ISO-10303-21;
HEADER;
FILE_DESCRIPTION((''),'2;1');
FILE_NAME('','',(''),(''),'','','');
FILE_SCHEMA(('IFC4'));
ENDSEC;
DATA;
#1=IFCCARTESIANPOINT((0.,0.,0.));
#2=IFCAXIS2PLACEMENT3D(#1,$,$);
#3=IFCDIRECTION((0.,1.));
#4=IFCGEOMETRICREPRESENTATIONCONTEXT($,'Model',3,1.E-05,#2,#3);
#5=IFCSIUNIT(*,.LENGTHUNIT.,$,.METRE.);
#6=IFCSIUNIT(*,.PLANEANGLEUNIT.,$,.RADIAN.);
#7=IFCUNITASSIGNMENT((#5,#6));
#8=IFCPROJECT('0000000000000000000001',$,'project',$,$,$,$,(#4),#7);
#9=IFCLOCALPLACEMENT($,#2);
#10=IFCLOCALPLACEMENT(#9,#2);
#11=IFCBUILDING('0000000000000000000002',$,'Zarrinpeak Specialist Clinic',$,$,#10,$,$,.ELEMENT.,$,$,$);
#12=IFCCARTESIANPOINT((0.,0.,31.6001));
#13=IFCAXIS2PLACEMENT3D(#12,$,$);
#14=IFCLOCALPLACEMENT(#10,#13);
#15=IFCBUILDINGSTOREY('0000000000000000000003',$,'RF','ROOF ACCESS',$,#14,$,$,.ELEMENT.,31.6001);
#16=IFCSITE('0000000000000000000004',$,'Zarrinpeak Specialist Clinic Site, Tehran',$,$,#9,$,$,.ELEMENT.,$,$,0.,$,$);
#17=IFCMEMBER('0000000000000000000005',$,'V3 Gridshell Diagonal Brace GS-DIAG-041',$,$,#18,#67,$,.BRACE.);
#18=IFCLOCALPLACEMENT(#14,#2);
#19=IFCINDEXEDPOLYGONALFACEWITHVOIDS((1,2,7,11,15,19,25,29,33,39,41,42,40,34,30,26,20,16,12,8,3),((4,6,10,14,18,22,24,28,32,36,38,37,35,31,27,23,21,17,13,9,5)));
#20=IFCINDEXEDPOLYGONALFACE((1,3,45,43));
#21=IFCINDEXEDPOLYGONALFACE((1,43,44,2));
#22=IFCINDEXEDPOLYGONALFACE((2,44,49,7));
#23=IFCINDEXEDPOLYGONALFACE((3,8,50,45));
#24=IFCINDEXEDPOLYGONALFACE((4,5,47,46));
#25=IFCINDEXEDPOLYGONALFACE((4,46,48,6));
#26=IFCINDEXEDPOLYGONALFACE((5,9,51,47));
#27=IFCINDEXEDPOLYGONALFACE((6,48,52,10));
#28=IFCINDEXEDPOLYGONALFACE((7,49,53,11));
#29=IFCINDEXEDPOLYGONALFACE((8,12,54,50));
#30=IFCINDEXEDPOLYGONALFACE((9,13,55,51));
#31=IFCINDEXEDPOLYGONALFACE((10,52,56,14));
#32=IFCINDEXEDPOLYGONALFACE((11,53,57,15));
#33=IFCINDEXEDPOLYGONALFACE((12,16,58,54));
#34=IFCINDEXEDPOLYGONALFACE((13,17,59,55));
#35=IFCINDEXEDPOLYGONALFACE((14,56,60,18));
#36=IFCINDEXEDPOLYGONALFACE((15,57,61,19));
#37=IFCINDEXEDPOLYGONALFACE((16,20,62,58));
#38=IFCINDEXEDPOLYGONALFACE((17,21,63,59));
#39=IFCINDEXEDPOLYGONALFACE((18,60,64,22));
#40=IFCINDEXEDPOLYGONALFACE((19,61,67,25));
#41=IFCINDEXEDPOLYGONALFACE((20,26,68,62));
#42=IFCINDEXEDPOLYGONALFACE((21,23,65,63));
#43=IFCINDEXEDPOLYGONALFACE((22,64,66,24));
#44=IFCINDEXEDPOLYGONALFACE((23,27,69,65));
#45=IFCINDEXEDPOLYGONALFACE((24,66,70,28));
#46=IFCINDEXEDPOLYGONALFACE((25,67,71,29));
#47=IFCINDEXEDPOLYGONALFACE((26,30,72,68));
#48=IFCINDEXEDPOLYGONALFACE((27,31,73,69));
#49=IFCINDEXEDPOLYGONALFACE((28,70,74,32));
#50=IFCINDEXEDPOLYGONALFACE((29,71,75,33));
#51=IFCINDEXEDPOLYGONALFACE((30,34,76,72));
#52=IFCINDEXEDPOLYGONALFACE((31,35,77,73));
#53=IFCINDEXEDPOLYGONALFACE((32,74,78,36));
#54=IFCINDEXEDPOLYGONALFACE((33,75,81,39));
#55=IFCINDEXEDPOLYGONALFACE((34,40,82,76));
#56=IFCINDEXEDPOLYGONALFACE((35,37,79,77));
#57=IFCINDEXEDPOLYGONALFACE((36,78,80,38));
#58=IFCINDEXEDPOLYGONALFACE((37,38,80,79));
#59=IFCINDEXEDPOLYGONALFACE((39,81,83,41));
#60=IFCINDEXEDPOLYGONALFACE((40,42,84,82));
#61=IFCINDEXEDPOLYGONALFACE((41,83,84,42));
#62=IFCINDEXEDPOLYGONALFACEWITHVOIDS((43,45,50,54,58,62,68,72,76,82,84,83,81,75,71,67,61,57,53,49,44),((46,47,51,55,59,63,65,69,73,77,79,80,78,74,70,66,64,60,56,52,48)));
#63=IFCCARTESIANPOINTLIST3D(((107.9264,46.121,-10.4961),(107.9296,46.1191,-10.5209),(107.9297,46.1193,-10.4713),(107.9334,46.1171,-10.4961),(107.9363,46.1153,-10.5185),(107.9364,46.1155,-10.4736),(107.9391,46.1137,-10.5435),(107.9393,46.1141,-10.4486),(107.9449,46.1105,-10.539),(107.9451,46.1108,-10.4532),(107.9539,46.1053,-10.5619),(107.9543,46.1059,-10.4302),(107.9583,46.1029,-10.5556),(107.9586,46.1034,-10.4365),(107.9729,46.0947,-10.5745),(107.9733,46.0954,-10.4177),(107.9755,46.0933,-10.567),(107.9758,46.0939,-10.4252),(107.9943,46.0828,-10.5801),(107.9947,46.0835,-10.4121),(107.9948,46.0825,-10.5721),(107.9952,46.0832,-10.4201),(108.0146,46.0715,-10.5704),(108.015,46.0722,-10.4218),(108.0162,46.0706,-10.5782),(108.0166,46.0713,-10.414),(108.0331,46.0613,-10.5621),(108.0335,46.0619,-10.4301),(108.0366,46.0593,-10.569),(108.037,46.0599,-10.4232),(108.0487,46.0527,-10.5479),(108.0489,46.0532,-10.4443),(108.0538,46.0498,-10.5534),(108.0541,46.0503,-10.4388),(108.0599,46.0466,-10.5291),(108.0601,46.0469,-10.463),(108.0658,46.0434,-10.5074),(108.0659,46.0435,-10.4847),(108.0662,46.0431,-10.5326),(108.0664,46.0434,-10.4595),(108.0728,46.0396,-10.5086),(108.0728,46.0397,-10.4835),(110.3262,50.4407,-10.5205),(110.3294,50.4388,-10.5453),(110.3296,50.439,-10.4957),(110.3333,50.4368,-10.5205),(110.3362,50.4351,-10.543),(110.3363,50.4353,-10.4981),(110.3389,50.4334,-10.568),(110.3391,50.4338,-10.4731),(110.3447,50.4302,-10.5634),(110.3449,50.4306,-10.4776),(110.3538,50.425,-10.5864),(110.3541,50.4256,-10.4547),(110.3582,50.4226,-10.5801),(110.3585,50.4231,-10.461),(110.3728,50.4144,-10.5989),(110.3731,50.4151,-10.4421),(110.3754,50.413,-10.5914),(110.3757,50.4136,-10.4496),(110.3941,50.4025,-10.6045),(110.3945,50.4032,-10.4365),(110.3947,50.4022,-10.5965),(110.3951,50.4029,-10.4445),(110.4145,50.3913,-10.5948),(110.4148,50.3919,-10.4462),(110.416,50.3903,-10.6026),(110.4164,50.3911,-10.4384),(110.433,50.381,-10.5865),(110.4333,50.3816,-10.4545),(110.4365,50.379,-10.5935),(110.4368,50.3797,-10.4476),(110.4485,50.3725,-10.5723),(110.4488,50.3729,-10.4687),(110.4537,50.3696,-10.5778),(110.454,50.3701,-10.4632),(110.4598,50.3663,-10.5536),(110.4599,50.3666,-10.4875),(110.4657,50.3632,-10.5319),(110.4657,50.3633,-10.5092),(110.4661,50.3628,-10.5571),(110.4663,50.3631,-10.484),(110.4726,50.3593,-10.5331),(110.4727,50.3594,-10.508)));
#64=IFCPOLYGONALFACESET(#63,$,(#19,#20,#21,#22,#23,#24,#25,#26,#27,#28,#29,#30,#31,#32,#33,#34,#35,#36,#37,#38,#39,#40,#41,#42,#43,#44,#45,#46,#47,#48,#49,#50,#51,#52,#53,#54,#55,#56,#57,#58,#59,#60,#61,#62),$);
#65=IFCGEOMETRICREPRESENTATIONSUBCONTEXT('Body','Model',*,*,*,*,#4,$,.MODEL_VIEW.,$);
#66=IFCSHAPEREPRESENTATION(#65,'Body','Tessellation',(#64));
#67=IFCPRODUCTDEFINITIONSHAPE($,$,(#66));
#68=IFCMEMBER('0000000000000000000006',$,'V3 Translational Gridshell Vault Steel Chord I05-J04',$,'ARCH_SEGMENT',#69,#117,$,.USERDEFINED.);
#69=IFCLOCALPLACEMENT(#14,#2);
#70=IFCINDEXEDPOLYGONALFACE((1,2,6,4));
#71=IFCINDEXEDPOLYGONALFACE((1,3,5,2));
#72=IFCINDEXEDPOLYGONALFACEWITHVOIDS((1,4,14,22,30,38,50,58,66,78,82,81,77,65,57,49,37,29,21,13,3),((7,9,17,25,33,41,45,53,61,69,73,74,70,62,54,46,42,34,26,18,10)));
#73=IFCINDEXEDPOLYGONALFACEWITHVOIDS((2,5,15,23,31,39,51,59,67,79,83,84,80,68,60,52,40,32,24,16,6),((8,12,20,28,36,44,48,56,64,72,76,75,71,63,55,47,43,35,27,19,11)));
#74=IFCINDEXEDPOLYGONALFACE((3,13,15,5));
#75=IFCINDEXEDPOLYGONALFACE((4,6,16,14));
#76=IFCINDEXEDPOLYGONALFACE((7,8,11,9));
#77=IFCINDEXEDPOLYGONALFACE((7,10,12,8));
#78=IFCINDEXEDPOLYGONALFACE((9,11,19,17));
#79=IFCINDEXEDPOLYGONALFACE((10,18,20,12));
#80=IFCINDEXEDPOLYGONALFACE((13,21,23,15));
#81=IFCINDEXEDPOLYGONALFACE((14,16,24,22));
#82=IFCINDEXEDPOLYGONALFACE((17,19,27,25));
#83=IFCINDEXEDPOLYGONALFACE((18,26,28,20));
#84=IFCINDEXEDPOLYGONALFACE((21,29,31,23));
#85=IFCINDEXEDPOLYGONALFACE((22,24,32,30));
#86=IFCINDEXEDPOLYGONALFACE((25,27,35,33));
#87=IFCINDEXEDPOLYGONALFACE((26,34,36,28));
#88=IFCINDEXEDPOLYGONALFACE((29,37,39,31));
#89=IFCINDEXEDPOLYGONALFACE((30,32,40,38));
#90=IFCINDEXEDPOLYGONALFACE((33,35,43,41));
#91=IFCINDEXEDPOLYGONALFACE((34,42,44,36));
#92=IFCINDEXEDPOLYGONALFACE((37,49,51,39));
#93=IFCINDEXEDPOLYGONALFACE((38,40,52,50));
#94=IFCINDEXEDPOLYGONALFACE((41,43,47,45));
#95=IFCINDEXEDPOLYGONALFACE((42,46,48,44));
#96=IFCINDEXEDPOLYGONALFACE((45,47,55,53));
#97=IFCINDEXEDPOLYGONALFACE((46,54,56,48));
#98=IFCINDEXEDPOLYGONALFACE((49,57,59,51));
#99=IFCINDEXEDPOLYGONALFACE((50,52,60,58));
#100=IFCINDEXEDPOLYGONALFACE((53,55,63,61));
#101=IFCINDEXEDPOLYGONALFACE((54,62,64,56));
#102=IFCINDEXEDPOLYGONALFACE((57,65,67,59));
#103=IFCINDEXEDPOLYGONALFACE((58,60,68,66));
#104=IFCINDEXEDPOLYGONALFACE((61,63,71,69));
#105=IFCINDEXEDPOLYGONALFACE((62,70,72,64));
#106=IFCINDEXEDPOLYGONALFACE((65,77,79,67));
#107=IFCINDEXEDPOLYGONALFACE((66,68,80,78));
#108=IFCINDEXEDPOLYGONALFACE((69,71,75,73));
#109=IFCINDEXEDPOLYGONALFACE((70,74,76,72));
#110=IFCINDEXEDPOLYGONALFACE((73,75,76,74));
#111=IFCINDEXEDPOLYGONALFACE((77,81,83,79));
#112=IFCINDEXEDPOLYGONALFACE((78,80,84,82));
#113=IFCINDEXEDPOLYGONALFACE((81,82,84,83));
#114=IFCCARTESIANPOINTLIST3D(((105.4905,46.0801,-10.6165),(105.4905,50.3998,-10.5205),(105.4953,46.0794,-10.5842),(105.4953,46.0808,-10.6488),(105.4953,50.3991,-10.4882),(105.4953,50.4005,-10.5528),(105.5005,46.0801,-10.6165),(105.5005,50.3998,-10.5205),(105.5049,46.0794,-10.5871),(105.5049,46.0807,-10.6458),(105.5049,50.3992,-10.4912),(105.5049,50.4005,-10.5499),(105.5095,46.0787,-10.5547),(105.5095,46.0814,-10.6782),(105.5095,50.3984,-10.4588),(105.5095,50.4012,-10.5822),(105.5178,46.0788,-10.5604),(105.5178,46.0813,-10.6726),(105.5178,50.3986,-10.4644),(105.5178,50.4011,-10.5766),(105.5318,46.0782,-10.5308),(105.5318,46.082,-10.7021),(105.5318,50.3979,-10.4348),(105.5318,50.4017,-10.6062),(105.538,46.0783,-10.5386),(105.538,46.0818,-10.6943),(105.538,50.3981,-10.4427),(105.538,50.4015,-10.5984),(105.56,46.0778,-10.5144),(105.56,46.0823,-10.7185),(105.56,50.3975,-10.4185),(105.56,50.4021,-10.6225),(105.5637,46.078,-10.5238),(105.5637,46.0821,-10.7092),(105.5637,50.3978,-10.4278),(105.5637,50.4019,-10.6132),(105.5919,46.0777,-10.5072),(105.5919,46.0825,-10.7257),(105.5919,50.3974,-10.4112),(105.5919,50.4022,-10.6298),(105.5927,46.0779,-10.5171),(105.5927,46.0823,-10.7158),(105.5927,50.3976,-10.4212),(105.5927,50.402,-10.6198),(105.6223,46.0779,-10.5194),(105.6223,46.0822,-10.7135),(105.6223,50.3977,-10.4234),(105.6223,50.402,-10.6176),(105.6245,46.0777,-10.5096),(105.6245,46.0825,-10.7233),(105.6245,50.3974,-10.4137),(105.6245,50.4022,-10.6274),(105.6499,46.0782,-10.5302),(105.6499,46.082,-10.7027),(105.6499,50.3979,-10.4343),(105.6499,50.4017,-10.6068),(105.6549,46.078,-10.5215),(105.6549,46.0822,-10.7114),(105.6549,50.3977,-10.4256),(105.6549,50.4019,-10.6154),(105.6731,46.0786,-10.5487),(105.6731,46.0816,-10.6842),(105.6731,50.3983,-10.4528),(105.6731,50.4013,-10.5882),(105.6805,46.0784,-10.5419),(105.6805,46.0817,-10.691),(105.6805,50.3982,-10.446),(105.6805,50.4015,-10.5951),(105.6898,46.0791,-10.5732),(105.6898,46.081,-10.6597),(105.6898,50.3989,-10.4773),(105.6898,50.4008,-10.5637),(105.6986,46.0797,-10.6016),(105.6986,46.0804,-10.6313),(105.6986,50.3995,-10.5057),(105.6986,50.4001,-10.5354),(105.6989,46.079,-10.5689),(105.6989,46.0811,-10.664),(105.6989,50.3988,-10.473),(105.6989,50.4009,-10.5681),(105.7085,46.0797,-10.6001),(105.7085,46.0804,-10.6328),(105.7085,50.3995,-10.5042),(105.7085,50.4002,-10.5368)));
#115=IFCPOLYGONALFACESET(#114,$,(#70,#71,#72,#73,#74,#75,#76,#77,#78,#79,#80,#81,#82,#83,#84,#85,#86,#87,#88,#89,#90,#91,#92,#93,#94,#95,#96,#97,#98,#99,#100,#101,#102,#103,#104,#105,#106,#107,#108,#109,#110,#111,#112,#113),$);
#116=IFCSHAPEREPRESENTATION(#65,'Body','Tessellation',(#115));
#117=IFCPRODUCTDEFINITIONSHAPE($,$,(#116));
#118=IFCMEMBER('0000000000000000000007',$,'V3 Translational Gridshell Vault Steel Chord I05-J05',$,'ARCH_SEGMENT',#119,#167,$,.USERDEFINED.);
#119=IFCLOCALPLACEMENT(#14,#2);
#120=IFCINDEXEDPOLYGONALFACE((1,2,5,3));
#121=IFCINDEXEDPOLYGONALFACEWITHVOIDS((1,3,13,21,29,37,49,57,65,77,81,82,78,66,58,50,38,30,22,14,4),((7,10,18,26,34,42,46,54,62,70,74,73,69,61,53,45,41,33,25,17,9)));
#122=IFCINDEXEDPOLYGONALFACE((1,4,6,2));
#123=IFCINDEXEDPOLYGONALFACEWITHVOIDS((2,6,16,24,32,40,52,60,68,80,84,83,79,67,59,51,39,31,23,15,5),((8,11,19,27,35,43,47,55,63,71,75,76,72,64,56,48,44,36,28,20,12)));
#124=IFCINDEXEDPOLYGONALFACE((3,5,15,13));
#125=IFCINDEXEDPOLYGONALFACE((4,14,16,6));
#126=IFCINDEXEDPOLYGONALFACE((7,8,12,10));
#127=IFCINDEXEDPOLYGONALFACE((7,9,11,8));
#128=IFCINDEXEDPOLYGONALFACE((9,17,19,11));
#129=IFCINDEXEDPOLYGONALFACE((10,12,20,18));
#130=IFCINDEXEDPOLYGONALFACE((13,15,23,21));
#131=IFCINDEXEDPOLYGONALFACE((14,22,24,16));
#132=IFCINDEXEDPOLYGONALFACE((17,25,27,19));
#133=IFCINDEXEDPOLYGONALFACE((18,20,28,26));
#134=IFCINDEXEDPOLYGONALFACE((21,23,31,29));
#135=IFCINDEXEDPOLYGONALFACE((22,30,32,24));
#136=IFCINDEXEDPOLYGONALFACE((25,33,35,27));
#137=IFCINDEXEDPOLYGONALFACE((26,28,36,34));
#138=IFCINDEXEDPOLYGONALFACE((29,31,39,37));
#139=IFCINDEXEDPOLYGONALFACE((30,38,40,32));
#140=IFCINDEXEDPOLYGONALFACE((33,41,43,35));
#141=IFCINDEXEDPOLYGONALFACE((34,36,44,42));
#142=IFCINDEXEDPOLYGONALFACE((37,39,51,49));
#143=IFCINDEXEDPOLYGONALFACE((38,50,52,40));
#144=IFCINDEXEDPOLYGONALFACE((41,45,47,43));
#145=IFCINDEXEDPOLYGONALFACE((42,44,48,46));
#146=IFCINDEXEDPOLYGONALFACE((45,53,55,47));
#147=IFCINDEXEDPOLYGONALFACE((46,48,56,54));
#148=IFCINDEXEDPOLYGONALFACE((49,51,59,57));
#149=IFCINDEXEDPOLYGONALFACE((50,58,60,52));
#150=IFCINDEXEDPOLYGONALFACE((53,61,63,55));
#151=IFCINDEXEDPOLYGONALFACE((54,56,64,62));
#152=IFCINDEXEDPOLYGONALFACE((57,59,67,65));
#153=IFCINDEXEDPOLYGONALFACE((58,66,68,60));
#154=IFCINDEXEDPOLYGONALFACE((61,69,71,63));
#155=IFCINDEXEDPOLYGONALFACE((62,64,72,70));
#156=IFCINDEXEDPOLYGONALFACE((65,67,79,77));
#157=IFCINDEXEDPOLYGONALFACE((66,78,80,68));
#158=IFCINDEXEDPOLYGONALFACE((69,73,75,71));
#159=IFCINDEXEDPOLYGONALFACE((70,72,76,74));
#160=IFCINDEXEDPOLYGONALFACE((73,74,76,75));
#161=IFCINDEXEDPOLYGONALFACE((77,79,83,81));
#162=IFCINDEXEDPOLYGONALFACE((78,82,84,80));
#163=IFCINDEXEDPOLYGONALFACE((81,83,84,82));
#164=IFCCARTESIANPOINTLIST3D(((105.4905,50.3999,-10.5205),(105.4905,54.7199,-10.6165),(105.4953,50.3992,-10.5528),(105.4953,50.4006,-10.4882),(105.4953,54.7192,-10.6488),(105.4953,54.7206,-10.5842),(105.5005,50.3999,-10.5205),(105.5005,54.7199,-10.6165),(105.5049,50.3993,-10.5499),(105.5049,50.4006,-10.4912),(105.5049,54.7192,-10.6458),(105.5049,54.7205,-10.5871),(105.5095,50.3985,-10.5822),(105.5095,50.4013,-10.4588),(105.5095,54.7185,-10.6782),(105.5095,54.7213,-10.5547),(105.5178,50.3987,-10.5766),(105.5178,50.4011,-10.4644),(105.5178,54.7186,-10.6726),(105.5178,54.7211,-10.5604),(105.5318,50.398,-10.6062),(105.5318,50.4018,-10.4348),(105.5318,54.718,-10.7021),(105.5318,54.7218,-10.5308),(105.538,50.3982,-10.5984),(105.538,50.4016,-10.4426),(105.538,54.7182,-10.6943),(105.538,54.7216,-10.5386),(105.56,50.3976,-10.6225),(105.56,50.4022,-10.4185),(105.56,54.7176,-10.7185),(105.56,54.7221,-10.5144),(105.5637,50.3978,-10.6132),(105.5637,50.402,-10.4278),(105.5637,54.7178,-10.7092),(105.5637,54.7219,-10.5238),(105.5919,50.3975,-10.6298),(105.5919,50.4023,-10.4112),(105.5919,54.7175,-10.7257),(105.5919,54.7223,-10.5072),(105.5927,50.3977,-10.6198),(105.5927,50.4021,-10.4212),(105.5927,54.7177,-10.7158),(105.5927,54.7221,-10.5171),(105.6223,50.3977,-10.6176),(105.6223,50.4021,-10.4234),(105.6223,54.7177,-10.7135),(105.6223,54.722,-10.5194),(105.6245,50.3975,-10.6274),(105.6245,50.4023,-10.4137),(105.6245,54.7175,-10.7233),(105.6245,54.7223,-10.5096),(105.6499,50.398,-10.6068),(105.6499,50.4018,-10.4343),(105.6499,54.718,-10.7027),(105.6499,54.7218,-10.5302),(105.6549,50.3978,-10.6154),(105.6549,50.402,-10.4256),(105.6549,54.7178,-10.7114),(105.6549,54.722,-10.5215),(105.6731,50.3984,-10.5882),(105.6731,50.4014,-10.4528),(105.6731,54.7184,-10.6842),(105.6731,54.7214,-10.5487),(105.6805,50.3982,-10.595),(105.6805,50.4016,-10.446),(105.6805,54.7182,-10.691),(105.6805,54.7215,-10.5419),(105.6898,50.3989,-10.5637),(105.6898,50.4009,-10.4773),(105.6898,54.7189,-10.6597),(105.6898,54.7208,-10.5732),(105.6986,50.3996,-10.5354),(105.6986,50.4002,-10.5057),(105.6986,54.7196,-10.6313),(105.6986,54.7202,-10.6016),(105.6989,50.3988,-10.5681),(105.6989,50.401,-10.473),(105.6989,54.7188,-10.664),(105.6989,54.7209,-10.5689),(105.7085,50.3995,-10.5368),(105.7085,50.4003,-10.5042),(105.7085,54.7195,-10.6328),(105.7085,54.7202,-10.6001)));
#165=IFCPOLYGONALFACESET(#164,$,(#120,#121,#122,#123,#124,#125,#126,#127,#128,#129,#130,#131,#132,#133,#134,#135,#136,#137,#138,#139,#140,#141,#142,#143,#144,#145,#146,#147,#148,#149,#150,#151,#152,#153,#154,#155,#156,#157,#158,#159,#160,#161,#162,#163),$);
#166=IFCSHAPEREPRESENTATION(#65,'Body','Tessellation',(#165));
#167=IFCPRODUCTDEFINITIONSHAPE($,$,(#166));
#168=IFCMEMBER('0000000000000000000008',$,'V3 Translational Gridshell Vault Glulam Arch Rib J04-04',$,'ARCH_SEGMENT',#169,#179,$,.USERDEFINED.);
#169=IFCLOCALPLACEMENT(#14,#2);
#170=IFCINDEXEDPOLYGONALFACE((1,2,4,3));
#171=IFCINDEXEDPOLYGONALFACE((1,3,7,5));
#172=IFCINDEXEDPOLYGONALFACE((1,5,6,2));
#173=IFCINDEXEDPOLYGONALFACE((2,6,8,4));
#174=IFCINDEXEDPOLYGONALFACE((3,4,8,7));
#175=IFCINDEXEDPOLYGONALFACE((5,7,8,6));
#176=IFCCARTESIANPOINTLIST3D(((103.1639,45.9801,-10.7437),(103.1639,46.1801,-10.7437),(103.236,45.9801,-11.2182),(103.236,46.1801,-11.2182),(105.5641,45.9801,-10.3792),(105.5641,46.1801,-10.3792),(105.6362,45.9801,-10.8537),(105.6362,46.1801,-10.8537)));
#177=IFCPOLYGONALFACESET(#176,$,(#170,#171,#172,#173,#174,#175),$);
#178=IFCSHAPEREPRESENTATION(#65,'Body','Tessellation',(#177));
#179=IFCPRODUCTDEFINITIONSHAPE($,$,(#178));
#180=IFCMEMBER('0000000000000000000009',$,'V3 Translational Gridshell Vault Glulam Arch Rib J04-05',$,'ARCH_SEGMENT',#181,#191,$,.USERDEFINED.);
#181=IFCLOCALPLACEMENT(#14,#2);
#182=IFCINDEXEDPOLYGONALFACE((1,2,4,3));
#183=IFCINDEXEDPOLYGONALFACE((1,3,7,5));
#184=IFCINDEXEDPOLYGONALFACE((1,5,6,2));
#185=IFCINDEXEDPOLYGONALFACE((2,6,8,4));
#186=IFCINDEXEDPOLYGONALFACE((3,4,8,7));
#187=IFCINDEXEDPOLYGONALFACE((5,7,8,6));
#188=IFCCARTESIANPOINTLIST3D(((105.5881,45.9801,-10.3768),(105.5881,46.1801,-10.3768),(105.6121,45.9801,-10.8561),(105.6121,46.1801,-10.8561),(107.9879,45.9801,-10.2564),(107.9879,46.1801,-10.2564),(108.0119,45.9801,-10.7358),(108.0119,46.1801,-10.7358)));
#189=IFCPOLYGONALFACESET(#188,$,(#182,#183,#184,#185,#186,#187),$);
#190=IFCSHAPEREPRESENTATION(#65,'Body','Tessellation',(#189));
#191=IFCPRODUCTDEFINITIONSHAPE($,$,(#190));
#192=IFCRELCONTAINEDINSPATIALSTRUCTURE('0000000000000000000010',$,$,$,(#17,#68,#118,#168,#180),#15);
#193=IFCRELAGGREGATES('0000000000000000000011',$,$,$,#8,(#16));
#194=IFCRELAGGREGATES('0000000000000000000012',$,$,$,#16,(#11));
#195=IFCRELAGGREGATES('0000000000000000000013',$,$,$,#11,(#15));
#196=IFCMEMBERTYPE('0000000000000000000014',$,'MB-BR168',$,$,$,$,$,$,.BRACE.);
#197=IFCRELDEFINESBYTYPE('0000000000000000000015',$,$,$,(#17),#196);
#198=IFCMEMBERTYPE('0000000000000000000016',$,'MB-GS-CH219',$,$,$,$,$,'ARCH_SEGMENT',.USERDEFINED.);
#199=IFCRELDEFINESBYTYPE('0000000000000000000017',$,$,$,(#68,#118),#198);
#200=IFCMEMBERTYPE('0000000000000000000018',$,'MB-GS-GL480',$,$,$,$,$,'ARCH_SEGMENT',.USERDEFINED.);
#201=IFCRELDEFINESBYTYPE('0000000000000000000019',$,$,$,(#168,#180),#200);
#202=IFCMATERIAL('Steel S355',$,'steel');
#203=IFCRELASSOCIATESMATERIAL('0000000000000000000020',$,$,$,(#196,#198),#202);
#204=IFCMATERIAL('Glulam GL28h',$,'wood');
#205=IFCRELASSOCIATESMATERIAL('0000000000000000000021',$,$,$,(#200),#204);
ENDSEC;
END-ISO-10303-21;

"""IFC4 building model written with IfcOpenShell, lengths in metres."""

from ifc_helpers import new_model, si_unit, direction, frame, origin, origin_2d, place, context, subcontext, project, spatial, rectangle, hollow_circle, extrude, material, material_profile, profile_set, type_object, element, save


model = new_model("IFC4")

# Units and contexts
model_context = context("Model", 3, precision=1e-05, world=origin(), true_north=direction((0.0, 1.0)))
body_context = subcontext(model_context, "Body", "Model", "MODEL_VIEW")
ifc_project = project(units=[si_unit("LENGTHUNIT", "METRE"), si_unit("PLANEANGLEUNIT", "RADIAN")], contexts=[model_context])

# Site, building, storey
site_placement = place(None, origin())
site = spatial("IfcSite", under=ifc_project, at=site_placement, Name="Zarrinpeak Specialist Clinic Site, Tehran", CompositionType="ELEMENT", RefElevation=0.0)
building_placement = place(site_placement, origin())
building = spatial("IfcBuilding", under=site, at=building_placement, Name="Zarrinpeak Specialist Clinic", CompositionType="ELEMENT")
storey_placement = place(building_placement, frame((0.0, 0.0, 31.6001)))
storey = spatial("IfcBuildingStorey", under=building, at=storey_placement, Name="RF", Description="ROOF ACCESS", CompositionType="ELEMENT", Elevation=31.6001)

# Members
ifc_material_1 = material(Name="Steel S355", Category="steel")
ifc_material_profile_1 = material_profile(ifc_material_1, hollow_circle(Radius=0.0842, WallThickness=0.0081, at=origin_2d()), Name="CHS 168.3x8.0")
ifc_profile_set_1 = profile_set([ifc_material_profile_1], Name="Steel S355")
member_type_1 = type_object("IfcMemberType", Name="MB-BR168", PredefinedType="BRACE", material=ifc_profile_set_1)
member_1_placement = place(storey_placement, frame((108.0, 46.0801, -10.4961), z_axis=(0.485637, 0.874147, -0.00494), x_axis=(-0.874157, 0.485643, 0.0)))
element("IfcMember", 1, at=member_1_placement, inside=storey, type_object=member_type_1, Name="V3 Gridshell Diagonal Brace GS-DIAG-041", PredefinedType="BRACE", context=body_context, shape_type="SweptSolid", body=[
    extrude(hollow_circle(Radius=0.0842, WallThickness=0.0081, at=origin_2d()), origin(), (0.0, 0.0, 1.0), 4.9417),
])
ifc_material_profile_2 = material_profile(ifc_material_1, hollow_circle(Radius=0.1096, WallThickness=0.01, at=origin_2d()), Name="CHS 219.1x10.0")
ifc_profile_set_2 = profile_set([ifc_material_profile_2], Name="Steel S355")
member_type_2 = type_object("IfcMemberType", Name="MB-GS-CH219", ElementType="ARCH_SEGMENT", PredefinedType="USERDEFINED", material=ifc_profile_set_2)
member_2_placement = place(storey_placement, frame((105.6001, 46.0801, -10.6165), z_axis=(0.0, 0.999753, 0.022205), x_axis=(-1.0, 0.0, 0.0)))
element("IfcMember", 2, at=member_2_placement, inside=storey, type_object=member_type_2, Name="V3 Translational Gridshell Vault Steel Chord I05-J04", ObjectType="ARCH_SEGMENT", PredefinedType="USERDEFINED", context=body_context, shape_type="SweptSolid", body=[
    extrude(hollow_circle(Radius=0.1096, WallThickness=0.01, at=origin_2d()), origin(), (0.0, 0.0, 1.0), 4.3208),
])
member_3_placement = place(storey_placement, frame((105.6001, 50.3999, -10.5205), z_axis=(0.0, 0.999753, -0.022204), x_axis=(-1.0, 0.0, 0.0)))
element("IfcMember", 3, at=member_3_placement, inside=storey, type_object=member_type_2, Name="V3 Translational Gridshell Vault Steel Chord I05-J05", ObjectType="ARCH_SEGMENT", PredefinedType="USERDEFINED", context=body_context, shape_type="SweptSolid", body=[
    extrude(hollow_circle(Radius=0.1096, WallThickness=0.01, at=origin_2d()), origin(), (0.0, 0.0, 1.0), 4.321),
])
ifc_material_2 = material(Name="Glulam GL28h", Category="wood")
ifc_material_profile_3 = material_profile(ifc_material_2, rectangle(XDim=0.2, YDim=0.48, at=origin_2d()), Name="GL28h 200x480")
ifc_profile_set_3 = profile_set([ifc_material_profile_3], Name="Glulam GL28h")
member_type_3 = type_object("IfcMemberType", Name="MB-GS-GL480", ElementType="ARCH_SEGMENT", PredefinedType="USERDEFINED", material=ifc_profile_set_3)
member_4_placement = place(storey_placement, frame((103.2, 46.0801, -10.981), z_axis=(0.988664, 0.0, 0.150145), x_axis=(0.0, 1.0, 0.0)))
element("IfcMember", 4, at=member_4_placement, inside=storey, type_object=member_type_3, Name="V3 Translational Gridshell Vault Glulam Arch Rib J04-04", ObjectType="ARCH_SEGMENT", PredefinedType="USERDEFINED", context=body_context, shape_type="SweptSolid", body=[
    extrude(rectangle(XDim=0.2, YDim=0.48, at=origin_2d()), origin(), (0.0, 0.0, 1.0), 2.4277),
])
for number, where, z_axis, x_axis, name in (
    (5, (105.6001, 46.0801, -10.6165), (0.998745, 0.0, 0.05009), (0.0, 1.0, 0.0), "V3 Translational Gridshell Vault Glulam Arch Rib J04-05"),
):
    element("IfcMember", number, at=place(storey_placement, frame(where, z_axis=z_axis, x_axis=x_axis)), inside=storey, type_object=member_type_3, Name=name, ObjectType="ARCH_SEGMENT", PredefinedType="USERDEFINED", context=body_context, shape_type="SweptSolid", body=[
        extrude(rectangle(XDim=0.2, YDim=0.48, at=origin_2d()), origin(), (0.0, 0.0, 1.0), 2.4028),
    ])

save(model, "model.ifc")
